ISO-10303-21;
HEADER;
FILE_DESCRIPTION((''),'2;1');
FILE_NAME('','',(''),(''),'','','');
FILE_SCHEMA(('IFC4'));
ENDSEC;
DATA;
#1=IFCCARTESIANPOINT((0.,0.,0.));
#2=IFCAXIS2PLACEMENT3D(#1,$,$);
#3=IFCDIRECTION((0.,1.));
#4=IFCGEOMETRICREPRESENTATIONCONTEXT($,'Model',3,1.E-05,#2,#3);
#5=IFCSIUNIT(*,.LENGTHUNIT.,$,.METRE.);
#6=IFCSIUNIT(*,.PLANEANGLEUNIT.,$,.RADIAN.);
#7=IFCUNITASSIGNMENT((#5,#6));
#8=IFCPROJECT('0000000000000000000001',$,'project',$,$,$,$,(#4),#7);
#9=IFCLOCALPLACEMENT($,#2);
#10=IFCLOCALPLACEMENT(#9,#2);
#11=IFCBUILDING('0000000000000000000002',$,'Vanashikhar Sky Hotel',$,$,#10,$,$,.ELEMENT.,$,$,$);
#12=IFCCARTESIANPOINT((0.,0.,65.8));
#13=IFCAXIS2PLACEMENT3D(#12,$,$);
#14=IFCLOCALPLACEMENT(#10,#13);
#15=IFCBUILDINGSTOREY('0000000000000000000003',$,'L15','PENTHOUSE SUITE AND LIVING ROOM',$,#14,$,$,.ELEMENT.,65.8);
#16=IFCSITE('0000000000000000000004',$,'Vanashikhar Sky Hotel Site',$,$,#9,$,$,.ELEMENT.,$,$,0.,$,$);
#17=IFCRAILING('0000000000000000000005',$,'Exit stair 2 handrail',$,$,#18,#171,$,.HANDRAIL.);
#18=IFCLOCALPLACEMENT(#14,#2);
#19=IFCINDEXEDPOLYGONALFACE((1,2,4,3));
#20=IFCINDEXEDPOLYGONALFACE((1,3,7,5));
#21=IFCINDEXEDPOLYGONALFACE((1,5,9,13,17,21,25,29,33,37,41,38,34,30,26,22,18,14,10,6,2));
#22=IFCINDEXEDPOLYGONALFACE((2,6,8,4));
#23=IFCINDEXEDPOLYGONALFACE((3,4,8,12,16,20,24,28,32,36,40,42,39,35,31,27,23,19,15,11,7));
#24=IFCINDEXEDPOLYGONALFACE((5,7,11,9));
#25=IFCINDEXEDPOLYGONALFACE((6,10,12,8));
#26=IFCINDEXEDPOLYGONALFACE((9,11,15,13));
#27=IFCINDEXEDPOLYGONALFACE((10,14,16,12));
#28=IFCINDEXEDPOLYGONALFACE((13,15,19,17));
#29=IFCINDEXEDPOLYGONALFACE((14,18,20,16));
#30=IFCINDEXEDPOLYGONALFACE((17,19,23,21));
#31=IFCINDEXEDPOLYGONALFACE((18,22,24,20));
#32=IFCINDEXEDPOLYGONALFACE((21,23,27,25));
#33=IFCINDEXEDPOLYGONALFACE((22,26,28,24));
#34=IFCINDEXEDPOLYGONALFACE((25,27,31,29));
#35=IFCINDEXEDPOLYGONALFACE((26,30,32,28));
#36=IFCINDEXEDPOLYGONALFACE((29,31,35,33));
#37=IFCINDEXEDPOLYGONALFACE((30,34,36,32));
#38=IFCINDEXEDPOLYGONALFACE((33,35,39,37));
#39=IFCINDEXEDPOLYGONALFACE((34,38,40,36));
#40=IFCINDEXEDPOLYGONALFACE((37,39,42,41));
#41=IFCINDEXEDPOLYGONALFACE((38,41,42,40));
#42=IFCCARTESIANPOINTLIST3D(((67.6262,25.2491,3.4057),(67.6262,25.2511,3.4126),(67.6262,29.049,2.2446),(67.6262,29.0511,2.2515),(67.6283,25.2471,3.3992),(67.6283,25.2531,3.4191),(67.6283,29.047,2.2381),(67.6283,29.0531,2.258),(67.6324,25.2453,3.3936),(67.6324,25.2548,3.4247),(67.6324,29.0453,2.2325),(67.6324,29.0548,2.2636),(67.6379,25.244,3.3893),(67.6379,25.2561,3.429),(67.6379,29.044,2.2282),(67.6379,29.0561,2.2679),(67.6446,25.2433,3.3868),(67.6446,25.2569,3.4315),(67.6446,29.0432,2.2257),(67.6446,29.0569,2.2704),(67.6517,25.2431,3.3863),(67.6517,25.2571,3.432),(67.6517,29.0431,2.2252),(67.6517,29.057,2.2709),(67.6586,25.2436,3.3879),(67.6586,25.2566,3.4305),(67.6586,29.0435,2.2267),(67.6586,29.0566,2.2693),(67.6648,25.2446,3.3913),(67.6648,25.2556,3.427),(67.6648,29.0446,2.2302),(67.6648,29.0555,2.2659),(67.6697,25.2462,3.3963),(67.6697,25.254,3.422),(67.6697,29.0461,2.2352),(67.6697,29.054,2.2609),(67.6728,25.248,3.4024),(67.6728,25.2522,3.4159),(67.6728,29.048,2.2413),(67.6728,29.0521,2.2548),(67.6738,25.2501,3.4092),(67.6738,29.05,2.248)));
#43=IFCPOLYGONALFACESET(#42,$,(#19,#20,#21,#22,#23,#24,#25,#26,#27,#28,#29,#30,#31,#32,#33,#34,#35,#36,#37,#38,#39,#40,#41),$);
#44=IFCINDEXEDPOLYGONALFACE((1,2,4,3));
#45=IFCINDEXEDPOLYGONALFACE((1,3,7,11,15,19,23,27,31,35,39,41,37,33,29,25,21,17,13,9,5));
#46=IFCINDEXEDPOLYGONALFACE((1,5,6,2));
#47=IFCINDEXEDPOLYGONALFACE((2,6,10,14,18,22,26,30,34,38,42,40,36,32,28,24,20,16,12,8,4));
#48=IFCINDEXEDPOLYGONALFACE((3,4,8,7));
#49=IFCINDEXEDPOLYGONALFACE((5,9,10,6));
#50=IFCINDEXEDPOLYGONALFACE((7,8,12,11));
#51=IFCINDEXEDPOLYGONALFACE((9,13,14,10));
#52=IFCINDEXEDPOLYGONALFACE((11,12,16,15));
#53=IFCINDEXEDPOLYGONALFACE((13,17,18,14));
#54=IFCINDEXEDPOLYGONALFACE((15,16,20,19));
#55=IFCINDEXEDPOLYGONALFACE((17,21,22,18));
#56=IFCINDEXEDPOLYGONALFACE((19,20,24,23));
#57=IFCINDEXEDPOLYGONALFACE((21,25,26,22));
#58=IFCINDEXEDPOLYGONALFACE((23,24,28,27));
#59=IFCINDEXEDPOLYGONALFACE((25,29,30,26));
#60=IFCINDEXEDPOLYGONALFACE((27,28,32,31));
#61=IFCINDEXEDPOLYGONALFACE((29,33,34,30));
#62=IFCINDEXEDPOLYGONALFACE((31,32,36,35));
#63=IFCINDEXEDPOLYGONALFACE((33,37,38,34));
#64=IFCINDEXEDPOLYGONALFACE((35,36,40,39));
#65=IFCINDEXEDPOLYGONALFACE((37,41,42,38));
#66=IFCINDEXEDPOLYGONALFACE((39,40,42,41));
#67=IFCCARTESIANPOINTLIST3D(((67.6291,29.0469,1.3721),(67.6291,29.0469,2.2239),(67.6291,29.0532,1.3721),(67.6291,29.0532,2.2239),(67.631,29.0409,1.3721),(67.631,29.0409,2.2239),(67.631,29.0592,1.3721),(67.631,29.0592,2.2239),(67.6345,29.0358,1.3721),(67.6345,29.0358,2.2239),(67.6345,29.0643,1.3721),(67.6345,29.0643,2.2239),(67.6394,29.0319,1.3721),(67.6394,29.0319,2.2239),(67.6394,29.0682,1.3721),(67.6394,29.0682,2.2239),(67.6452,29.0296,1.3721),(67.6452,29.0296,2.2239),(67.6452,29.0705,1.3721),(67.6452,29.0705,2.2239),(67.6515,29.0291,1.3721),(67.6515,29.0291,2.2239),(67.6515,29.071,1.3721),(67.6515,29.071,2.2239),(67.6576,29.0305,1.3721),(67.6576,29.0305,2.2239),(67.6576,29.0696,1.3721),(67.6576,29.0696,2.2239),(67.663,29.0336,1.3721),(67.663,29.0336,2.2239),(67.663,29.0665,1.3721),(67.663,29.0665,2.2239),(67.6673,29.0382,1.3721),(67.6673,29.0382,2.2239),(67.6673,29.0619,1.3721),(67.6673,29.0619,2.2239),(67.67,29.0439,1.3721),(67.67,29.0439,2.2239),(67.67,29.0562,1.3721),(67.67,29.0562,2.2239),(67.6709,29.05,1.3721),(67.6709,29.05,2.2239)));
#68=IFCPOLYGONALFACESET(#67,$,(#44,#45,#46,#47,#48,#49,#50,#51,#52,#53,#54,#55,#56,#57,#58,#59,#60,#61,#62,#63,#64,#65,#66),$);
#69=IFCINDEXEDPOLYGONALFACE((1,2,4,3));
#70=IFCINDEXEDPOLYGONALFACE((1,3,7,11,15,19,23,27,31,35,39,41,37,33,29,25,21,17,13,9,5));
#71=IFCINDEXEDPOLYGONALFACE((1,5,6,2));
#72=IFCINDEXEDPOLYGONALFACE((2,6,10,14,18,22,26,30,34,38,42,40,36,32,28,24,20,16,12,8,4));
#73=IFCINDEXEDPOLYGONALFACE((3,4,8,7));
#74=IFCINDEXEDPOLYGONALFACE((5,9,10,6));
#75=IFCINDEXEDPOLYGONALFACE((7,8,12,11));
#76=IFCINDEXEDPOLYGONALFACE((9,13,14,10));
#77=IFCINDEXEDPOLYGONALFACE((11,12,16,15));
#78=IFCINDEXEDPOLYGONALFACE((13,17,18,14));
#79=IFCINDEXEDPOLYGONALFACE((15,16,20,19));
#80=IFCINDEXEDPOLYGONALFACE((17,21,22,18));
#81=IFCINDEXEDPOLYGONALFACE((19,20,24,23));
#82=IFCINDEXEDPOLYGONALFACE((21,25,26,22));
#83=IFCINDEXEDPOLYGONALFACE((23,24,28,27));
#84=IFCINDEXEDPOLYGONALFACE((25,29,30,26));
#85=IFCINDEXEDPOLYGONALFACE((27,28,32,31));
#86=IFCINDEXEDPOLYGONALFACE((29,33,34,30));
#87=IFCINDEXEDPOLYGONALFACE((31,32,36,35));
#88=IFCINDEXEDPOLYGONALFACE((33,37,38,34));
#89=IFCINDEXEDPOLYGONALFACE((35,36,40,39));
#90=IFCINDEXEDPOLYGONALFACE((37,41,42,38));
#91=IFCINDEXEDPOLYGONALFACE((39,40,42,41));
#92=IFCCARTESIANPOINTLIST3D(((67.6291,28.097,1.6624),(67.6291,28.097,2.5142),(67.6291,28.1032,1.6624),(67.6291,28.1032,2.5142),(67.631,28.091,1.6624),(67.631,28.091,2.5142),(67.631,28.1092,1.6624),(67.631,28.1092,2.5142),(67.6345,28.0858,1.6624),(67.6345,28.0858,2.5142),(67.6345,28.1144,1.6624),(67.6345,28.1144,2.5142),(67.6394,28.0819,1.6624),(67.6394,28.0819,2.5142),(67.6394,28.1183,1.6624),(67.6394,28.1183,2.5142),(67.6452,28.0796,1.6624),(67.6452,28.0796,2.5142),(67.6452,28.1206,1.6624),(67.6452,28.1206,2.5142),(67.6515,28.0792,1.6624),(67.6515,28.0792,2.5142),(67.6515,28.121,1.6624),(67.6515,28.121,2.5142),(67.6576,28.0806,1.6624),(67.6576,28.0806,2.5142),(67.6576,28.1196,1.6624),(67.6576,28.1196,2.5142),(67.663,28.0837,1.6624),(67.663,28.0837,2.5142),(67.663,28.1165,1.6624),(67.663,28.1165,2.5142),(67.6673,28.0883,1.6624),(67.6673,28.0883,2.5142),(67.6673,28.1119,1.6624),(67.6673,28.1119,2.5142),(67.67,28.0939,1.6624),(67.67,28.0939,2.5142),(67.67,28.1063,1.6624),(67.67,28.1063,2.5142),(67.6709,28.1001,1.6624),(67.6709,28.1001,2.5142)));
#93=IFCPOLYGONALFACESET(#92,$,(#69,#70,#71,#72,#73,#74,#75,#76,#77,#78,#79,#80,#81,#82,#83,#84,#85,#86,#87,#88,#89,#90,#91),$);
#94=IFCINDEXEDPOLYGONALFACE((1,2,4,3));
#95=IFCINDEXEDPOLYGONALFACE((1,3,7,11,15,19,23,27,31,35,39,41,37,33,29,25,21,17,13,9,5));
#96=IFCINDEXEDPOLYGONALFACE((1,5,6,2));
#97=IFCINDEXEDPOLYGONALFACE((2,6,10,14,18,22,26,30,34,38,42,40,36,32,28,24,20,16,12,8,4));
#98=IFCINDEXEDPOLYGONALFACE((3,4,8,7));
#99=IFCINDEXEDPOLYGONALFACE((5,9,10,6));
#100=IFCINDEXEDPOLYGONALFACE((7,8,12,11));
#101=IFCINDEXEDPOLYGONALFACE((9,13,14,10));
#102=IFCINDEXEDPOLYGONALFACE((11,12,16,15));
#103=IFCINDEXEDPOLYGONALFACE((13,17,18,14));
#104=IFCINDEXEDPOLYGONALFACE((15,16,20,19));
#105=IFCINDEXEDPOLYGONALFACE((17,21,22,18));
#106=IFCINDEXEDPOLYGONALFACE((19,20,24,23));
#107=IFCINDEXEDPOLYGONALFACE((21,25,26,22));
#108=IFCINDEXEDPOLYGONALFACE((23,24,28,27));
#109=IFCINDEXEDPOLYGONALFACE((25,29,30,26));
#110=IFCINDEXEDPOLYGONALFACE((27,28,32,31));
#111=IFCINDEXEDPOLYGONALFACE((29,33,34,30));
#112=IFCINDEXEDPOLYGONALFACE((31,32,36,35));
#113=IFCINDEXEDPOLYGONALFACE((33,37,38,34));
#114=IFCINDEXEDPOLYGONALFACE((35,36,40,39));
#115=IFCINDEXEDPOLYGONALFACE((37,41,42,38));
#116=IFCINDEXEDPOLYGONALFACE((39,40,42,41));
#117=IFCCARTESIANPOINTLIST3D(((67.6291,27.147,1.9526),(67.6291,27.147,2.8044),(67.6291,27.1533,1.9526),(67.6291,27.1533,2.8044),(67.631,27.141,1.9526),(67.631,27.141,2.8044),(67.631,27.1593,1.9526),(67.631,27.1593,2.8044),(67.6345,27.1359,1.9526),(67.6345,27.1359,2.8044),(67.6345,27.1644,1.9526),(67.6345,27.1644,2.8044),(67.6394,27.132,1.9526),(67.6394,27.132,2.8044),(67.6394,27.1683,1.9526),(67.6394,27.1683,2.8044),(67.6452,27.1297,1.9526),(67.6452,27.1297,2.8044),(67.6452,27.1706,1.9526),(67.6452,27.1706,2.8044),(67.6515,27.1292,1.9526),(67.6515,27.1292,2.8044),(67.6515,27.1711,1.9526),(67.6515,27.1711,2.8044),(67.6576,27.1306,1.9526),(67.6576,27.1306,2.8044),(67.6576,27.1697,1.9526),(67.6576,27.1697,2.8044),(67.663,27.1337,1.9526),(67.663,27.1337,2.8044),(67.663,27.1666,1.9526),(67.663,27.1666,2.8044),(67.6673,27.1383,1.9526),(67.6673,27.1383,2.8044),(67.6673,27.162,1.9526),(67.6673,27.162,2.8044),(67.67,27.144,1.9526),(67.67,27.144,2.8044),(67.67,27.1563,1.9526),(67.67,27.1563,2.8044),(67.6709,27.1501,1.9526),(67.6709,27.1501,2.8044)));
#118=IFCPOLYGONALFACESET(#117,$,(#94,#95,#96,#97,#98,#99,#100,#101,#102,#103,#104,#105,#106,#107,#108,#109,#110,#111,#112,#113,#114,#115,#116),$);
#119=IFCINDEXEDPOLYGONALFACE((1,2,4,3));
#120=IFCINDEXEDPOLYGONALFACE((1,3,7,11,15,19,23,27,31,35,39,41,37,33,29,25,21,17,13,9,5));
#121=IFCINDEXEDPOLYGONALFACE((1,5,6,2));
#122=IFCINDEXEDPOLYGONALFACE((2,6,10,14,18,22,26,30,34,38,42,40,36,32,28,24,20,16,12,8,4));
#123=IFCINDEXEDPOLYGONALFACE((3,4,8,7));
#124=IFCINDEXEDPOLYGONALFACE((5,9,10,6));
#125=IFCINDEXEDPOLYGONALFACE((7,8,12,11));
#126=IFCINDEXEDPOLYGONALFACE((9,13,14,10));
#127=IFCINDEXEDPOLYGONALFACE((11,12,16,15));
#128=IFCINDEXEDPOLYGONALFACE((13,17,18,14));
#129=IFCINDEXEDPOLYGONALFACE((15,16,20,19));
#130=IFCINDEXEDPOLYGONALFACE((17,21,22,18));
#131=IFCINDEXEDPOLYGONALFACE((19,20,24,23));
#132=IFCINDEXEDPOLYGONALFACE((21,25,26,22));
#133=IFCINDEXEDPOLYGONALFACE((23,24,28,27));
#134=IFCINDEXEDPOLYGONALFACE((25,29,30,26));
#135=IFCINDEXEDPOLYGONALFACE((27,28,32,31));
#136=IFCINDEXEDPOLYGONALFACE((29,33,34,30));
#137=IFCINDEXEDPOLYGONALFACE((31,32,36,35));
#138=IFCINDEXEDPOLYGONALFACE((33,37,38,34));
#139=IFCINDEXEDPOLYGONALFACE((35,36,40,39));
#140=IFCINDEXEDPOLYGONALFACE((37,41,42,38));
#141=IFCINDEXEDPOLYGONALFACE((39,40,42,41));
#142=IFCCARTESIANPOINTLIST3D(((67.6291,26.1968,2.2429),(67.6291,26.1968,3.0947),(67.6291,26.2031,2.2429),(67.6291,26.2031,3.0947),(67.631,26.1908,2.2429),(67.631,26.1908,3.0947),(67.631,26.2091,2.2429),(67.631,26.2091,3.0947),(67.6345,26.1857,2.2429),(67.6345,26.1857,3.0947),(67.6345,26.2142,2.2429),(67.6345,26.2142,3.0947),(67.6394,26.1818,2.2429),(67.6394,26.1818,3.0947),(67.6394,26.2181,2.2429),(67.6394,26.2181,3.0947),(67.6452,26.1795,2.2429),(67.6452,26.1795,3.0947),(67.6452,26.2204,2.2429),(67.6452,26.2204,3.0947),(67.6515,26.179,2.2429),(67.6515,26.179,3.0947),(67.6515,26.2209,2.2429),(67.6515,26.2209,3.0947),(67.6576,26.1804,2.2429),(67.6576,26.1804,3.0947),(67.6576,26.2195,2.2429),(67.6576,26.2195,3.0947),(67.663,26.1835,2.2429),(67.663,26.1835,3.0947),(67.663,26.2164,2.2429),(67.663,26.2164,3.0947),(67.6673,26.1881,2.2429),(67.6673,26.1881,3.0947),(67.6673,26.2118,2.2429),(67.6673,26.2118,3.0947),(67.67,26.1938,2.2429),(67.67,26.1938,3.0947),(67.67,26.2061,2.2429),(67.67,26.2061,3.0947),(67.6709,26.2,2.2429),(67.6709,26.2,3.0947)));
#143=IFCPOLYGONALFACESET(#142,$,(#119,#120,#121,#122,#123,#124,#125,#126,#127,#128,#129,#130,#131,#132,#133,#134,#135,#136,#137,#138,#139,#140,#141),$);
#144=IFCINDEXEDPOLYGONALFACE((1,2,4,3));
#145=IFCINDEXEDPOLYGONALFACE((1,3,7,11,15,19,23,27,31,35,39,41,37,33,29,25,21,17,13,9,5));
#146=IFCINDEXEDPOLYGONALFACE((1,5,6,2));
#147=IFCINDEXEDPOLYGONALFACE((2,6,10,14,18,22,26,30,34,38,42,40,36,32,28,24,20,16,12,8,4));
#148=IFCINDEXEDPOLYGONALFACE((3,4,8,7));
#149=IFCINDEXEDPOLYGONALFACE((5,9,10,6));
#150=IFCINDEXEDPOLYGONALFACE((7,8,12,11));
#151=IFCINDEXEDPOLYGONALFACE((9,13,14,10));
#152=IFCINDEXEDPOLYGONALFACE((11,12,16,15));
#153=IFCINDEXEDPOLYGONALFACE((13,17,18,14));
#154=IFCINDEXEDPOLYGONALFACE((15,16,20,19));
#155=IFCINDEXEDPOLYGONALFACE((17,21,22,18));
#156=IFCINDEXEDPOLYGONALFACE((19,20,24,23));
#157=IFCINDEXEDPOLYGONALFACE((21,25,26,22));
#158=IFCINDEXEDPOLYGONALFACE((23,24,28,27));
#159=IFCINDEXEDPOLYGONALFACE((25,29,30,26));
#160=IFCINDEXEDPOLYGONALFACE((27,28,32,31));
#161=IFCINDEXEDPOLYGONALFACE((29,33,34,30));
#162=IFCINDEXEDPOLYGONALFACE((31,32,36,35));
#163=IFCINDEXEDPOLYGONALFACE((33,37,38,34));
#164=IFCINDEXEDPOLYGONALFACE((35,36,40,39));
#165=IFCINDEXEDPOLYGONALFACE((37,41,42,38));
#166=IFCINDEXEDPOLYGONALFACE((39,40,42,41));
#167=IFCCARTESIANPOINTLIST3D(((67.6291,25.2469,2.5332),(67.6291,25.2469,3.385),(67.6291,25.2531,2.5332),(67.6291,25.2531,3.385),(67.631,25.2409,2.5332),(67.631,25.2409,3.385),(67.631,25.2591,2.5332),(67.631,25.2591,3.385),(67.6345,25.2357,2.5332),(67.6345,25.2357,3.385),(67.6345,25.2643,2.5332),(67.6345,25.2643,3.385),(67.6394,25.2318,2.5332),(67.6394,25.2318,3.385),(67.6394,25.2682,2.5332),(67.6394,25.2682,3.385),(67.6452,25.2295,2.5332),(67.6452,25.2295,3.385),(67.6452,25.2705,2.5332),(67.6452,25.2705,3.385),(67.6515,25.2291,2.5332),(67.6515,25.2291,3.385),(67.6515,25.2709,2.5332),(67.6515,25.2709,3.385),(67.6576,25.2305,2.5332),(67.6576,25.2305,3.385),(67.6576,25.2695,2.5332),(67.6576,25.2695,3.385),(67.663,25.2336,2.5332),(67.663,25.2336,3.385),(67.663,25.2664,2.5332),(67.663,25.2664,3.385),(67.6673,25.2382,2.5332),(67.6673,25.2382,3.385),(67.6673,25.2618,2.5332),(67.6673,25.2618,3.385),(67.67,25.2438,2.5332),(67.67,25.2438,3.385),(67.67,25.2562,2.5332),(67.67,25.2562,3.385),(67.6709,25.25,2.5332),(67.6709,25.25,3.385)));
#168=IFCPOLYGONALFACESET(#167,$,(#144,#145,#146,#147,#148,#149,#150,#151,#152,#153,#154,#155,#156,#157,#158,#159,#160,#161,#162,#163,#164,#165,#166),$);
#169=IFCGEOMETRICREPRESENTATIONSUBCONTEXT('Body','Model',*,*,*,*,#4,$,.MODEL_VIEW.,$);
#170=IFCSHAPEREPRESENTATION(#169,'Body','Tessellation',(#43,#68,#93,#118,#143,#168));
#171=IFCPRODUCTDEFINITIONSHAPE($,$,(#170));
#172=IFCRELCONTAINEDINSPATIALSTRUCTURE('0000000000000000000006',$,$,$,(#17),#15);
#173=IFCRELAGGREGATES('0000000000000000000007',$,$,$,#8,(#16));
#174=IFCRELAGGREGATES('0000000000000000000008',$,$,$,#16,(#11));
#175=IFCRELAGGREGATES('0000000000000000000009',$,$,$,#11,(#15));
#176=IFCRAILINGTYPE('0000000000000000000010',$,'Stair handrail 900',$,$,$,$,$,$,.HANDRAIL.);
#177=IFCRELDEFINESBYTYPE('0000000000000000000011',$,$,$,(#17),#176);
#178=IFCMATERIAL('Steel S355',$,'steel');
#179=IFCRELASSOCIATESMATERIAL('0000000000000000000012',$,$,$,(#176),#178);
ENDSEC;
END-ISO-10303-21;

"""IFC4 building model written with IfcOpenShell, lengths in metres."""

from ifc_helpers import new_model, si_unit, direction, frame, origin, origin_2d, place, context, subcontext, project, spatial, circle, extrude, source, transform, mapped, material, type_object, element, save


model = new_model("IFC4")

# Units and contexts
model_context = context("Model", 3, precision=1e-05, world=origin(), true_north=direction((0.0, 1.0)))
body_context = subcontext(model_context, "Body", "Model", "MODEL_VIEW")
ifc_project = project(units=[si_unit("LENGTHUNIT", "METRE"), si_unit("PLANEANGLEUNIT", "RADIAN")], contexts=[model_context])

# Site, building, storey
site_placement = place(None, origin())
site = spatial("IfcSite", under=ifc_project, at=site_placement, Name="Vanashikhar Sky Hotel Site", CompositionType="ELEMENT", RefElevation=0.0)
building_placement = place(site_placement, origin())
building = spatial("IfcBuilding", under=site, at=building_placement, Name="Vanashikhar Sky Hotel", CompositionType="ELEMENT")
storey_placement = place(building_placement, frame((0.0, 0.0, 65.8)))
storey = spatial("IfcBuildingStorey", under=building, at=storey_placement, Name="L15", Description="PENTHOUSE SUITE AND LIVING ROOM", CompositionType="ELEMENT", Elevation=65.8)

# Railing
ifc_material_1 = material(Name="Steel S355", Category="steel")
railing_type_1 = type_object("IfcRailingType", Name="Stair handrail 900", PredefinedType="HANDRAIL", material=ifc_material_1)
shared_shape_1 = source(origin(), body_context, "Body", "SweptSolid", [
    extrude(circle(Radius=0.0239, at=origin_2d()), frame((0.0, 0.0, 0.876), z_axis=(0.0, -0.956351, 0.29222), x_axis=(1.0, 0.0, 0.0)), (0.0, 0.0, 1.0), 3.9734),
    extrude(circle(Radius=0.021, at=origin_2d()), origin(), (0.0, 0.0, 1.0), 0.8518),
    extrude(circle(Radius=0.021, at=origin_2d()), frame((0.0, -0.95, 0.2903)), (0.0, 0.0, 1.0), 0.8518),
    extrude(circle(Radius=0.021, at=origin_2d()), frame((0.0, -1.8999, 0.5806)), (0.0, 0.0, 1.0), 0.8518),
    extrude(circle(Radius=0.021, at=origin_2d()), frame((0.0, -2.8501, 0.8708)), (0.0, 0.0, 1.0), 0.8518),
    extrude(circle(Radius=0.021, at=origin_2d()), frame((0.0, -3.8, 1.1611)), (0.0, 0.0, 1.0), 0.8518),
])
railing_1_placement = place(storey_placement, frame((67.6499, 29.05, 1.3721)))
element("IfcRailing", 1, at=railing_1_placement, inside=storey, type_object=railing_type_1, Name="Exit stair 2 handrail", PredefinedType="HANDRAIL", context=body_context, shape_type="MappedRepresentation", body=[
    mapped(shared_shape_1, transform((0.0, 0.0, 0.0), scale=1.0)),
])

save(model, "model.ifc")
